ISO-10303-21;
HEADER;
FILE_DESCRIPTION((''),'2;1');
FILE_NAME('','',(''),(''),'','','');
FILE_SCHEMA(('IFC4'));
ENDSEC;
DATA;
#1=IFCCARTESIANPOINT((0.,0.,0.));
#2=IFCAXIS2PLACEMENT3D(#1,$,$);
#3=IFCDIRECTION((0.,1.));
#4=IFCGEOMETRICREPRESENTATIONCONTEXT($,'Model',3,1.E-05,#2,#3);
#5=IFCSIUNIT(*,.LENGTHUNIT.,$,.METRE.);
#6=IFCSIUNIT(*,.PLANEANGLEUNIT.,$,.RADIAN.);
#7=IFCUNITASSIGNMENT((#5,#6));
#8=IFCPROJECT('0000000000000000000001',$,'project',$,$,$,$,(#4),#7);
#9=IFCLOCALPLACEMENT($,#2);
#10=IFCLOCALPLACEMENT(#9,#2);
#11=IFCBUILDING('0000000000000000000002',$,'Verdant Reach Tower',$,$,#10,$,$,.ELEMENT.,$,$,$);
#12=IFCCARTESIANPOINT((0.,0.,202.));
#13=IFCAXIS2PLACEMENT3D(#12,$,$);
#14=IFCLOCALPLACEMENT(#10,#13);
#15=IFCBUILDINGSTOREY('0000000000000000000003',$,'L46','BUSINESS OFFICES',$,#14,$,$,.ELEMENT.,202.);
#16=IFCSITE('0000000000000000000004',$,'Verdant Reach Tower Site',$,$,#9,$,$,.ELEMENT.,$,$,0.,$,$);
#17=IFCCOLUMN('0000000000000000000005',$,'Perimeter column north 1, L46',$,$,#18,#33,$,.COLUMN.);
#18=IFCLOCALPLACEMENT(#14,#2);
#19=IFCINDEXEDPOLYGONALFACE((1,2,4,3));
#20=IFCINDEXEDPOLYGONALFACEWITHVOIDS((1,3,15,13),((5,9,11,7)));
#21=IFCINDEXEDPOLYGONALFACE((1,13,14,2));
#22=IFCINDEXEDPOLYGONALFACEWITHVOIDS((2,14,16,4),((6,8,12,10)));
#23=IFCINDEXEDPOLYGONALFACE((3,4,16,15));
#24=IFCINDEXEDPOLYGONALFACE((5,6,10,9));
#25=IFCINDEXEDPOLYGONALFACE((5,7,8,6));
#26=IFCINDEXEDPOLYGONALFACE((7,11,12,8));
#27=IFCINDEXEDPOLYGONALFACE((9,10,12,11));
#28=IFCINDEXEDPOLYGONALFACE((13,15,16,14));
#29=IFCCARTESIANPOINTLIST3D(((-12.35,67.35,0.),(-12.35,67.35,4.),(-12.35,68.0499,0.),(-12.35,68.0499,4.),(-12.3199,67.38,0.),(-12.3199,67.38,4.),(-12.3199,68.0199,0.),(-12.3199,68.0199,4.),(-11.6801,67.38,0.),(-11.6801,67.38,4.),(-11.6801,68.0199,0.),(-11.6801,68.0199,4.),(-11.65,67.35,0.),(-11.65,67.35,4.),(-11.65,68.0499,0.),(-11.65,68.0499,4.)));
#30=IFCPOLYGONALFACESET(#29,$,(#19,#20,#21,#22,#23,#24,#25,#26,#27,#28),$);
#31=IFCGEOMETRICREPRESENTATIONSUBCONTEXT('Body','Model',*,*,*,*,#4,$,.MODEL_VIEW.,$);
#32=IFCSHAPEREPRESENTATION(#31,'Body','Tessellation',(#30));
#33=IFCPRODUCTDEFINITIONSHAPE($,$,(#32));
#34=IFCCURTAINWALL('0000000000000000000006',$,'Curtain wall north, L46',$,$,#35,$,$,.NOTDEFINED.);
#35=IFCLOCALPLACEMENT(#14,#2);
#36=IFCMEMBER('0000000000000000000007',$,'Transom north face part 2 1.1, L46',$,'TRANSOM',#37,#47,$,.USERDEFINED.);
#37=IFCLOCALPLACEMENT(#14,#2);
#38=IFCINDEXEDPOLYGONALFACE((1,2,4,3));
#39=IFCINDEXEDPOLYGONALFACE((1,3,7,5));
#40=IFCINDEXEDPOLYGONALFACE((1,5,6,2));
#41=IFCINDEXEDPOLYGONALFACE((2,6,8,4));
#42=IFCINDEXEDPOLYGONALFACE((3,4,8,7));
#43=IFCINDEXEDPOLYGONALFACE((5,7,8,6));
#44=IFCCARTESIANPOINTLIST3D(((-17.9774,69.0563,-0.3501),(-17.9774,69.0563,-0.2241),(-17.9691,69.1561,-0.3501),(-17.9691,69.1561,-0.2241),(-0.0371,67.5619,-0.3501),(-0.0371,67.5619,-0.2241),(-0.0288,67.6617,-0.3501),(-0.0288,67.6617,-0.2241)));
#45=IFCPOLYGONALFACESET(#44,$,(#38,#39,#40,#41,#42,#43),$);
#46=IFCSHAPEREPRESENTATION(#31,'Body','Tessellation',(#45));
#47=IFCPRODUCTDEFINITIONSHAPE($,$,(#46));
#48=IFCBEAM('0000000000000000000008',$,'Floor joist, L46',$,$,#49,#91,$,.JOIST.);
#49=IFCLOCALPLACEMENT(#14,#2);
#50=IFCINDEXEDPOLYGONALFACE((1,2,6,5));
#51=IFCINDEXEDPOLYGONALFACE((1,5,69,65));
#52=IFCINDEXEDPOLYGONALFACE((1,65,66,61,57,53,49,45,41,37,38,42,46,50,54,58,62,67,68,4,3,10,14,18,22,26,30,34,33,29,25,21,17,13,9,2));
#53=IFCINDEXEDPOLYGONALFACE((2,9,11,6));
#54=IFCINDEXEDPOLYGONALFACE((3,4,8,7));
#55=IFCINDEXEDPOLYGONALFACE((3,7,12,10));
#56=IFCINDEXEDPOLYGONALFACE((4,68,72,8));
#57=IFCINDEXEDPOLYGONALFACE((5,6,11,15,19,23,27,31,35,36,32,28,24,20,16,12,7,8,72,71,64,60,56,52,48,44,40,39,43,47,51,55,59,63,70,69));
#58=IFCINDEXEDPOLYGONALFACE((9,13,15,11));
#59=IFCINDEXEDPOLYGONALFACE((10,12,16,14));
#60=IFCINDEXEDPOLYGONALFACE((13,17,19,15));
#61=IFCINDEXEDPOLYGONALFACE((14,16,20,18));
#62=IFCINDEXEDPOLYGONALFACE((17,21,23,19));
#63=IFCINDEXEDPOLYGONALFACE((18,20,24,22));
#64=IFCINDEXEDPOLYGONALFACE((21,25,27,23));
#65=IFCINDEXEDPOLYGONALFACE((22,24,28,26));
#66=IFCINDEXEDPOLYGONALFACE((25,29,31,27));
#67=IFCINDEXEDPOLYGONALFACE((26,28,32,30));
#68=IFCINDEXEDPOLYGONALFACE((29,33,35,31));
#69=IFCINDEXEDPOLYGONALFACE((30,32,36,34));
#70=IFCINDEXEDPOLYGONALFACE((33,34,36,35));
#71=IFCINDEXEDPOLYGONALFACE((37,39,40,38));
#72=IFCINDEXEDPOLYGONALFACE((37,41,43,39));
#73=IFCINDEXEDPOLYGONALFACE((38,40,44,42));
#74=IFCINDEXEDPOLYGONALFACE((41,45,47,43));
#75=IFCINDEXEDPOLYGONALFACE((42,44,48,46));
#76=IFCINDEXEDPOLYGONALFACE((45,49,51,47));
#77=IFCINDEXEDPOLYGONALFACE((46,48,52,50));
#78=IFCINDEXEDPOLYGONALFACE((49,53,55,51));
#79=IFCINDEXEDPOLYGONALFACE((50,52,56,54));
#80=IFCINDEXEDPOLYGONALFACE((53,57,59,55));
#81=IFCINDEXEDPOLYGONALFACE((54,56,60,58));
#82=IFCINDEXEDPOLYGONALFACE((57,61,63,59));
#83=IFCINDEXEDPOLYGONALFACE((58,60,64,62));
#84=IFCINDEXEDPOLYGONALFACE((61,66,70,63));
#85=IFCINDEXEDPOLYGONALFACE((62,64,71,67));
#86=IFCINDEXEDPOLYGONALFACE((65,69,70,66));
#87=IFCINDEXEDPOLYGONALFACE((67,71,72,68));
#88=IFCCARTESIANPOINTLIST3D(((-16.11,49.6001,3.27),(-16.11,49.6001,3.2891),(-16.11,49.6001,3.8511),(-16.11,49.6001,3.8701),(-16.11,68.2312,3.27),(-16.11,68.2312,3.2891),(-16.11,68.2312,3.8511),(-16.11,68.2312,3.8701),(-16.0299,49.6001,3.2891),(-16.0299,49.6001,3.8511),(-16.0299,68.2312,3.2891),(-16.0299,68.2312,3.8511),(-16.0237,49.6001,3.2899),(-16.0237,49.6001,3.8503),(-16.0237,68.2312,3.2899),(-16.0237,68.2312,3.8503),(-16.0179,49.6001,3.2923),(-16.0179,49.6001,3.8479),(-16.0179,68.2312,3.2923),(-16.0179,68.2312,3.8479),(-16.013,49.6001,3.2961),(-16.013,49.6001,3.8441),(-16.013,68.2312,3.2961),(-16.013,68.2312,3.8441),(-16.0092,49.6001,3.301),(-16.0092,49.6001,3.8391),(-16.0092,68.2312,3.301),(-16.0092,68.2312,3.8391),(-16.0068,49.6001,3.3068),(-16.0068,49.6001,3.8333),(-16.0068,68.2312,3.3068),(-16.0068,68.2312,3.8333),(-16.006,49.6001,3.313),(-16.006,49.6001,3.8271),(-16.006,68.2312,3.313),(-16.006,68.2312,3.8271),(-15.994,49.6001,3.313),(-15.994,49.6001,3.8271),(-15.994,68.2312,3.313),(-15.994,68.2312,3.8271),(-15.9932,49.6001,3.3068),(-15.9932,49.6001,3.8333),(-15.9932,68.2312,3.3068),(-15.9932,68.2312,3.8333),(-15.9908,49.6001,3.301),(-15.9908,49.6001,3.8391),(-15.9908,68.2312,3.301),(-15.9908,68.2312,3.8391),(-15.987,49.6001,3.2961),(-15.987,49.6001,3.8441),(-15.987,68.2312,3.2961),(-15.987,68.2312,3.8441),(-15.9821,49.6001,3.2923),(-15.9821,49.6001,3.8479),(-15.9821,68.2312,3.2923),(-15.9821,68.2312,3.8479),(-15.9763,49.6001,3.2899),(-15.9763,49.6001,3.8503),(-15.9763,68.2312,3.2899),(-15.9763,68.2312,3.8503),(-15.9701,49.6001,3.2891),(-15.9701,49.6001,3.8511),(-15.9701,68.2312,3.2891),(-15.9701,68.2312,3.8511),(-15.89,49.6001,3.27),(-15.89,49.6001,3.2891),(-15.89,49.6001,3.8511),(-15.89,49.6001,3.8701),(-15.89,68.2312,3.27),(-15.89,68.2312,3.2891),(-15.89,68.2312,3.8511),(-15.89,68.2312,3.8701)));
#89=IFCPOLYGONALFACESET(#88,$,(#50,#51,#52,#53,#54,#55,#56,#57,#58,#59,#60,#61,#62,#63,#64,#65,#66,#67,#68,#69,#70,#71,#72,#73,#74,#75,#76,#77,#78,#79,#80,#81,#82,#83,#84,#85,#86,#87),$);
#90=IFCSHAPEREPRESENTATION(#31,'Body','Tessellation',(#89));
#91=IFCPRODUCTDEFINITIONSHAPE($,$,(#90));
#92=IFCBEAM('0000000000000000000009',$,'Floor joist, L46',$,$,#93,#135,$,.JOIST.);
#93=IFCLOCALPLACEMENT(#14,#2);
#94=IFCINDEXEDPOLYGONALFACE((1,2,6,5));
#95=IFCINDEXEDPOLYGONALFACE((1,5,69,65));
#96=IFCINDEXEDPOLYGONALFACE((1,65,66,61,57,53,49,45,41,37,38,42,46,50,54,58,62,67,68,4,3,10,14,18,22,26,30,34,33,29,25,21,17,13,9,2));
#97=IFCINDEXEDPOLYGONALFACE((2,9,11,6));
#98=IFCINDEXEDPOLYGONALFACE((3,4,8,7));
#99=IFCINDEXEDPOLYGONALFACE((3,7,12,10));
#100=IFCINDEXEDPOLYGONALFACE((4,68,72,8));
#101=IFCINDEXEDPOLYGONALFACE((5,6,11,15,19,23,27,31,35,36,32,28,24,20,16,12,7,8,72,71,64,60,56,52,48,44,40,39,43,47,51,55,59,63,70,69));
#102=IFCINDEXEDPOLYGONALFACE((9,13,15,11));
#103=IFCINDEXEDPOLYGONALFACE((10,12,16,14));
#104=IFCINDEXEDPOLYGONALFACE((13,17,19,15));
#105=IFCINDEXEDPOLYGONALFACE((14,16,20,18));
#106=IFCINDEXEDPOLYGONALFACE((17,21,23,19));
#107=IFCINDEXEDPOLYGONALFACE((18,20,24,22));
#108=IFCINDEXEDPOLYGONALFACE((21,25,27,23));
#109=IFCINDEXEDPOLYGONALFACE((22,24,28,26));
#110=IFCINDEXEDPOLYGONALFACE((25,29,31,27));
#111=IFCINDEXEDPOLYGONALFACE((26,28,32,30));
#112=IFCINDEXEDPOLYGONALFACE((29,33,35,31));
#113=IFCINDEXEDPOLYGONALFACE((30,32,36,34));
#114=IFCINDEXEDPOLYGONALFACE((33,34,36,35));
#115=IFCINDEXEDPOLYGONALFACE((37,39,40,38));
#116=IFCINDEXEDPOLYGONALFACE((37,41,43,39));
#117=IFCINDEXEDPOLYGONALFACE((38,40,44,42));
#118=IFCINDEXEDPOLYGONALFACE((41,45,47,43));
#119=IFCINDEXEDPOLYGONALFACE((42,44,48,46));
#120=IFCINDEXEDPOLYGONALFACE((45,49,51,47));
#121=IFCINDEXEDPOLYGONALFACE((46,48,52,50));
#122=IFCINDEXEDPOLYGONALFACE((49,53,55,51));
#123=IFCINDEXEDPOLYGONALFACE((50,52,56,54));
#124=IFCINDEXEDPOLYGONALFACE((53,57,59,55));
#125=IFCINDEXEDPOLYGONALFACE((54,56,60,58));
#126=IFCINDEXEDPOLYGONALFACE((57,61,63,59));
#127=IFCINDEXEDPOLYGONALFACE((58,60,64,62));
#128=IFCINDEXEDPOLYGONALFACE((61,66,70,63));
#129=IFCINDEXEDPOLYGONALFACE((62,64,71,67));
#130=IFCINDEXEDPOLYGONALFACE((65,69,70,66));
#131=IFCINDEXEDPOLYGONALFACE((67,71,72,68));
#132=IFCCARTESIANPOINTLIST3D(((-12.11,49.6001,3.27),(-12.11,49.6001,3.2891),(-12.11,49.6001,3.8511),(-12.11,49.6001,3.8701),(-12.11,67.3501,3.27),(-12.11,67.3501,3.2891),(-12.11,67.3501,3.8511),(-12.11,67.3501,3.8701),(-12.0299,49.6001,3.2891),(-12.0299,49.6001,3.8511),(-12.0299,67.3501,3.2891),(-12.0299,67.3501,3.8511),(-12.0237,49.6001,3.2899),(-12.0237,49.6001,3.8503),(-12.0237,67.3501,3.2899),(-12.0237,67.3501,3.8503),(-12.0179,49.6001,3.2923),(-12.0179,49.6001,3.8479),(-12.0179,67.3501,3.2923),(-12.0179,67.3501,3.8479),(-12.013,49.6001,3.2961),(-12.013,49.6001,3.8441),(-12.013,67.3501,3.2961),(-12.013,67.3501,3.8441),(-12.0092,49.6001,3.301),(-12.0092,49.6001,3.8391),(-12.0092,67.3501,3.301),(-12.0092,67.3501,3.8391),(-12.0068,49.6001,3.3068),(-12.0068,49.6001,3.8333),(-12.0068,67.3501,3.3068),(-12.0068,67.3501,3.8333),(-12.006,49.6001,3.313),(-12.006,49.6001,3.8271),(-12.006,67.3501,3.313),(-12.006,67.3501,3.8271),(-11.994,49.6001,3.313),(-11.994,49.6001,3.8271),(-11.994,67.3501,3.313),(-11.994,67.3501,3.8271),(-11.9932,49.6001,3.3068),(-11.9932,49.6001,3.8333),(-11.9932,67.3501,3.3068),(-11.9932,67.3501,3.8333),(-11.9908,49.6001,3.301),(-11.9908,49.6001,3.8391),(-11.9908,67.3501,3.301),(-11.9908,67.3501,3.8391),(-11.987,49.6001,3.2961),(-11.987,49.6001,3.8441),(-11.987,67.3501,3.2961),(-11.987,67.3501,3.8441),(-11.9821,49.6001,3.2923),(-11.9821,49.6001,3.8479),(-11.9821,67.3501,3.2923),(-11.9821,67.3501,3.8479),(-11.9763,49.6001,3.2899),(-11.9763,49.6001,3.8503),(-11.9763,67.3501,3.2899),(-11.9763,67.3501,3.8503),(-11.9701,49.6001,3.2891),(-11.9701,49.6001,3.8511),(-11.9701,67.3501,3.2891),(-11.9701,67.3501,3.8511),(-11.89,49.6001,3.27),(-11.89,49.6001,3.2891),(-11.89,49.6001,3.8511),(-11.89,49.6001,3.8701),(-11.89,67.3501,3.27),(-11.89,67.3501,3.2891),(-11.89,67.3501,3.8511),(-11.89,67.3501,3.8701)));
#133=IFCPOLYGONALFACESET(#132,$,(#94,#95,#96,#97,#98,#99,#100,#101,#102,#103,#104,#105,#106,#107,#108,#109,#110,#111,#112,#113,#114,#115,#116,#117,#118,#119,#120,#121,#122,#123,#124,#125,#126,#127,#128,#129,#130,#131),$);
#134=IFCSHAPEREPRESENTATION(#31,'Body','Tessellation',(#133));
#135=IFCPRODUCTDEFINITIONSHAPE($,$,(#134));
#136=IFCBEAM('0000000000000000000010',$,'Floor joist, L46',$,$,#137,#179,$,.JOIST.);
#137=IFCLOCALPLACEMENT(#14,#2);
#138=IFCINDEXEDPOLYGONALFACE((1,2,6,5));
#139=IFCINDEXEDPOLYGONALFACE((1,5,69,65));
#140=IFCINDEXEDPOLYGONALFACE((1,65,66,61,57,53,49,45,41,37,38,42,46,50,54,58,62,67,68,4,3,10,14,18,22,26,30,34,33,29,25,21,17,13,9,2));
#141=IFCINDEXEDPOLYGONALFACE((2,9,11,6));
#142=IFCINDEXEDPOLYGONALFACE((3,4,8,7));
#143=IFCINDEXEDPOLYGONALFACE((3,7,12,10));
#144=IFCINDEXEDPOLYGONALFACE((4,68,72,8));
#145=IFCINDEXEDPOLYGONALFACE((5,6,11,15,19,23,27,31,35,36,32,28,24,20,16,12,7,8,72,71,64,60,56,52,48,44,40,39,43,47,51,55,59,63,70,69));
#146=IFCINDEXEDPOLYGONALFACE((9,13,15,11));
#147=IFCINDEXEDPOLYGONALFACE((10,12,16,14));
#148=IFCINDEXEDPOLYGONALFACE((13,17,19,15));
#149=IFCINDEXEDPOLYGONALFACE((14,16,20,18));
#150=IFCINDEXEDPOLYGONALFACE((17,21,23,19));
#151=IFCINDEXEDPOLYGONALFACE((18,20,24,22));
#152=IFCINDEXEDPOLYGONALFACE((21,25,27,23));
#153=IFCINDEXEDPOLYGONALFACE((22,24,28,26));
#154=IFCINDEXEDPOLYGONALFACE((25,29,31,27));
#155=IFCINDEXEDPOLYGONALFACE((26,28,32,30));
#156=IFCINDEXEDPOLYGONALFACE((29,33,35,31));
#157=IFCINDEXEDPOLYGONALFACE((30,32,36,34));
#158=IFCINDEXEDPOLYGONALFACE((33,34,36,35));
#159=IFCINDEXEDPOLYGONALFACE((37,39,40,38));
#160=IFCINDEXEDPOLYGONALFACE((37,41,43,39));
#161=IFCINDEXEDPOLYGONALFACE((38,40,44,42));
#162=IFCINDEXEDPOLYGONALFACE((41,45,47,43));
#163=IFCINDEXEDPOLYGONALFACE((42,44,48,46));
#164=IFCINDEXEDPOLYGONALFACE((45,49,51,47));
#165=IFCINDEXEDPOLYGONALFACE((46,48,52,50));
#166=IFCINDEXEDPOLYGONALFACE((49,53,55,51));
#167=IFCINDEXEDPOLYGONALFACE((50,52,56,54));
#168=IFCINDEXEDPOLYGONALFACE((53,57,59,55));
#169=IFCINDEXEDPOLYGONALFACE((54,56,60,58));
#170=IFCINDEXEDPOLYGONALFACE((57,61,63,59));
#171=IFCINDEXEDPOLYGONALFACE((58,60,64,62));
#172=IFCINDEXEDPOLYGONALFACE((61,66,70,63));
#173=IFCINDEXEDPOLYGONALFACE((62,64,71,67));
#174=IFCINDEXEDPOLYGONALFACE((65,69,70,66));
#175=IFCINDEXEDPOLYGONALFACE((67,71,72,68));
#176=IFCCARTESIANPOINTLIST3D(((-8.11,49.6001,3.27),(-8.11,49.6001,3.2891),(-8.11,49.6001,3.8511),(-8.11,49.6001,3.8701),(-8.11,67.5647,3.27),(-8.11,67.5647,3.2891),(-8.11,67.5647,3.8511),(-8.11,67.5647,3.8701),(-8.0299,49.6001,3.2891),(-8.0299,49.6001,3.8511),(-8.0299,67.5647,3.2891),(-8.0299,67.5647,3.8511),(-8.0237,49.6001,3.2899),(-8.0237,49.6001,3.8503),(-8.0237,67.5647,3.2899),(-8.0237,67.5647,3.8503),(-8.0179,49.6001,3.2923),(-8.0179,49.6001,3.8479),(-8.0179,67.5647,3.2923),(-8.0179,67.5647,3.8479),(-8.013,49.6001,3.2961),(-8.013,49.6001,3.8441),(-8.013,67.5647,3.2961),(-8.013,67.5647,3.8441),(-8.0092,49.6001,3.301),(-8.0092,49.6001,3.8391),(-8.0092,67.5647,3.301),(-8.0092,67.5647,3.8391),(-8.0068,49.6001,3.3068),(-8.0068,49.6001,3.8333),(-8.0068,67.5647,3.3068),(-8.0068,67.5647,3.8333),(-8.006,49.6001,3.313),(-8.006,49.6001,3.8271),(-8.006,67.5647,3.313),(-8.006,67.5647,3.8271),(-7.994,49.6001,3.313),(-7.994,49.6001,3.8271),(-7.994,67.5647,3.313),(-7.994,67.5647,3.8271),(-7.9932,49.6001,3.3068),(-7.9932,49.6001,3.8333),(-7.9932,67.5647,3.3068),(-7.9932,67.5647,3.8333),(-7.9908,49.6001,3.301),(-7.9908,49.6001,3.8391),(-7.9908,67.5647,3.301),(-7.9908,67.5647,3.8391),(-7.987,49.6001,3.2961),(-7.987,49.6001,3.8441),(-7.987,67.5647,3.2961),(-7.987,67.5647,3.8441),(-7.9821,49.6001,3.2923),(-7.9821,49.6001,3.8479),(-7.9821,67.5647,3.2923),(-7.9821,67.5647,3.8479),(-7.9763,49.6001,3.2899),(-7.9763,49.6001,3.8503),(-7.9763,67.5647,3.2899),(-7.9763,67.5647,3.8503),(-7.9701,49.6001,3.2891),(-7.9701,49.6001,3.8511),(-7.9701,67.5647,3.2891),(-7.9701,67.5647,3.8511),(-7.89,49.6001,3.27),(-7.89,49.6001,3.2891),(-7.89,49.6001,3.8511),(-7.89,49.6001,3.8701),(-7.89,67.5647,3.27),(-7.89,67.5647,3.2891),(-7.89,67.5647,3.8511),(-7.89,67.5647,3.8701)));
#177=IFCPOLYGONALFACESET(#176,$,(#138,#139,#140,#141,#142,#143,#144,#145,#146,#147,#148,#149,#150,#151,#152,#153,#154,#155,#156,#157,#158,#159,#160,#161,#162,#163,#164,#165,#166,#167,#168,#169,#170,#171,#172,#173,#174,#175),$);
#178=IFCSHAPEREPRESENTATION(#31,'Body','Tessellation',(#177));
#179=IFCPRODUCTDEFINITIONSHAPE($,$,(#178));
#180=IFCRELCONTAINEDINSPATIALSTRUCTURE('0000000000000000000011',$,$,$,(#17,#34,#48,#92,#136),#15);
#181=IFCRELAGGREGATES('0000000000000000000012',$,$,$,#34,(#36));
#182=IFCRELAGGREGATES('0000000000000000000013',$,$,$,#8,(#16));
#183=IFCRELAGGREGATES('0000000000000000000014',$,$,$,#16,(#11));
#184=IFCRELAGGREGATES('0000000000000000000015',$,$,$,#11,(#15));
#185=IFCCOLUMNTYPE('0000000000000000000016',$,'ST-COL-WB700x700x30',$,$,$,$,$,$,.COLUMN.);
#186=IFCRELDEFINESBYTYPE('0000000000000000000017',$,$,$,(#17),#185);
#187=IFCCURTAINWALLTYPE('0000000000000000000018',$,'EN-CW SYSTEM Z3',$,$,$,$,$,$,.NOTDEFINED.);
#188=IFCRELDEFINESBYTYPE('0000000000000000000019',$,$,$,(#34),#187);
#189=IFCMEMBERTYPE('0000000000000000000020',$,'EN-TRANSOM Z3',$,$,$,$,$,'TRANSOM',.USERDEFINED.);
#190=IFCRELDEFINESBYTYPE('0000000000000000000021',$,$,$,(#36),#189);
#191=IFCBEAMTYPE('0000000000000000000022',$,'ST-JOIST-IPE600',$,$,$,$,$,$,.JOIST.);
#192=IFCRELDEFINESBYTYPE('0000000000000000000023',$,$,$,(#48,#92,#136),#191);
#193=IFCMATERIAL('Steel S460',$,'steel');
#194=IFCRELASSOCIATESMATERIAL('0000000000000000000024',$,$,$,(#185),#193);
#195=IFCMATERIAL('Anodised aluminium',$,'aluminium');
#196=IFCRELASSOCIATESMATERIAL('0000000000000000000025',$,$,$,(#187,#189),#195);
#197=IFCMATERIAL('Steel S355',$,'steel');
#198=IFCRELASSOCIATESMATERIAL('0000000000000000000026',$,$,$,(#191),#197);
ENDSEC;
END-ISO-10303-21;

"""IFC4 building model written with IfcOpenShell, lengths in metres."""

from ifc_helpers import new_model, si_unit, direction, frame, origin, origin_2d, place, context, subcontext, project, spatial, rectangle, hollow_rectangle, i_section, extrude, material, material_profile, profile_set, type_object, element, aggregate, save


model = new_model("IFC4")

# Units and contexts
model_context = context("Model", 3, precision=1e-05, world=origin(), true_north=direction((0.0, 1.0)))
body_context = subcontext(model_context, "Body", "Model", "MODEL_VIEW")
ifc_project = project(units=[si_unit("LENGTHUNIT", "METRE"), si_unit("PLANEANGLEUNIT", "RADIAN")], contexts=[model_context])

# Site, building, storey
site_placement = place(None, origin())
site = spatial("IfcSite", under=ifc_project, at=site_placement, Name="Verdant Reach Tower Site", CompositionType="ELEMENT", RefElevation=0.0)
building_placement = place(site_placement, origin())
building = spatial("IfcBuilding", under=site, at=building_placement, Name="Verdant Reach Tower", CompositionType="ELEMENT")
storey_placement = place(building_placement, frame((0.0, 0.0, 202.0)))
storey = spatial("IfcBuildingStorey", under=building, at=storey_placement, Name="L46", Description="BUSINESS OFFICES", CompositionType="ELEMENT", Elevation=202.0)

# Column
ifc_material_1 = material(Name="Steel S460", Category="steel")
ifc_material_profile_1 = material_profile(ifc_material_1, hollow_rectangle(XDim=0.7, YDim=0.7, WallThickness=0.03, at=origin_2d()), Name="WB 700x700x30")
ifc_profile_set_1 = profile_set([ifc_material_profile_1], Name="Steel S460")
column_type = type_object("IfcColumnType", Name="ST-COL-WB700x700x30", PredefinedType="COLUMN", material=ifc_profile_set_1)
column_placement = place(storey_placement, frame((-12.0, 67.7, 0.0), z_axis=(0.0, 0.0, 1.0), x_axis=(1.0, 0.0, 0.0)))
element("IfcColumn", 1, at=column_placement, inside=storey, type_object=column_type, Name="Perimeter column north 1, L46", PredefinedType="COLUMN", context=body_context, shape_type="SweptSolid", body=[
    extrude(hollow_rectangle(XDim=0.7, YDim=0.7, WallThickness=0.03, at=origin_2d()), origin(), (0.0, 0.0, 1.0), 4.0),
])

# Curtain wall, member
ifc_material_2 = material(Name="Anodised aluminium", Category="aluminium")
curtain_wall_type = type_object("IfcCurtainWallType", Name="EN-CW SYSTEM Z3", PredefinedType="NOTDEFINED", material=ifc_material_2)
curtain_wall_placement = place(storey_placement, origin())
curtain_wall = element("IfcCurtainWall", 2, at=curtain_wall_placement, inside=storey, type_object=curtain_wall_type, Name="Curtain wall north, L46", PredefinedType="NOTDEFINED")
ifc_material_profile_2 = material_profile(ifc_material_2, rectangle(XDim=0.1001, YDim=0.126, at=origin_2d()), Name="Transom 126x100")
ifc_profile_set_2 = profile_set([ifc_material_profile_2], Name="Anodised aluminium")
member_type = type_object("IfcMemberType", Name="EN-TRANSOM Z3", ElementType="TRANSOM", PredefinedType="USERDEFINED", material=ifc_profile_set_2)
member_placement = place(storey_placement, frame((-0.033, 67.6118, -0.2871), z_axis=(-0.996549, 0.08301, 0.0), x_axis=(-0.08301, -0.996549, 0.0)))
member = element("IfcMember", 3, at=member_placement, type_object=member_type, Name="Transom north face part 2 1.1, L46", ObjectType="TRANSOM", PredefinedType="USERDEFINED", context=body_context, shape_type="SweptSolid", body=[
    extrude(rectangle(XDim=0.1001, YDim=0.126, at=origin_2d()), origin(), (0.0, 0.0, 1.0), 18.0024),
])

# Beams
ifc_material_3 = material(Name="Steel S355", Category="steel")
ifc_material_profile_3 = material_profile(ifc_material_3, i_section(OverallWidth=0.22, OverallDepth=0.6001, WebThickness=0.012, FlangeThickness=0.019, FilletRadius=0.0239, at=origin_2d()), Name="IPE 600")
ifc_profile_set_3 = profile_set([ifc_material_profile_3], Name="Steel S355")
beam_type = type_object("IfcBeamType", Name="ST-JOIST-IPE600", PredefinedType="JOIST", material=ifc_profile_set_3)
beam_1_placement = place(storey_placement, frame((-16.0, 49.6001, 3.5701), z_axis=(0.0, 1.0, 0.0), x_axis=(-1.0, 0.0, 0.0)))
element("IfcBeam", 4, at=beam_1_placement, inside=storey, type_object=beam_type, Name="Floor joist, L46", PredefinedType="JOIST", context=body_context, shape_type="SweptSolid", body=[
    extrude(i_section(OverallWidth=0.22, OverallDepth=0.6001, WebThickness=0.012, FlangeThickness=0.019, FilletRadius=0.0239, at=origin_2d()), origin(), (0.0, 0.0, 1.0), 18.6311),
])
beam_2_placement = place(storey_placement, frame((-12.0, 49.6001, 3.5701), z_axis=(0.0, 1.0, 0.0), x_axis=(-1.0, 0.0, 0.0)))
element("IfcBeam", 5, at=beam_2_placement, inside=storey, type_object=beam_type, Name="Floor joist, L46", PredefinedType="JOIST", context=body_context, shape_type="SweptSolid", body=[
    extrude(i_section(OverallWidth=0.22, OverallDepth=0.6001, WebThickness=0.012, FlangeThickness=0.019, FilletRadius=0.0239, at=origin_2d()), origin(), (0.0, 0.0, 1.0), 17.75),
])
beam_3_placement = place(storey_placement, frame((-8.0, 49.6001, 3.5701), z_axis=(0.0, 1.0, 0.0), x_axis=(-1.0, 0.0, 0.0)))
element("IfcBeam", 6, at=beam_3_placement, inside=storey, type_object=beam_type, Name="Floor joist, L46", PredefinedType="JOIST", context=body_context, shape_type="SweptSolid", body=[
    extrude(i_section(OverallWidth=0.22, OverallDepth=0.6001, WebThickness=0.012, FlangeThickness=0.019, FilletRadius=0.0239, at=origin_2d()), origin(), (0.0, 0.0, 1.0), 17.9646),
])

aggregate(curtain_wall, [member])

save(model, "model.ifc")
